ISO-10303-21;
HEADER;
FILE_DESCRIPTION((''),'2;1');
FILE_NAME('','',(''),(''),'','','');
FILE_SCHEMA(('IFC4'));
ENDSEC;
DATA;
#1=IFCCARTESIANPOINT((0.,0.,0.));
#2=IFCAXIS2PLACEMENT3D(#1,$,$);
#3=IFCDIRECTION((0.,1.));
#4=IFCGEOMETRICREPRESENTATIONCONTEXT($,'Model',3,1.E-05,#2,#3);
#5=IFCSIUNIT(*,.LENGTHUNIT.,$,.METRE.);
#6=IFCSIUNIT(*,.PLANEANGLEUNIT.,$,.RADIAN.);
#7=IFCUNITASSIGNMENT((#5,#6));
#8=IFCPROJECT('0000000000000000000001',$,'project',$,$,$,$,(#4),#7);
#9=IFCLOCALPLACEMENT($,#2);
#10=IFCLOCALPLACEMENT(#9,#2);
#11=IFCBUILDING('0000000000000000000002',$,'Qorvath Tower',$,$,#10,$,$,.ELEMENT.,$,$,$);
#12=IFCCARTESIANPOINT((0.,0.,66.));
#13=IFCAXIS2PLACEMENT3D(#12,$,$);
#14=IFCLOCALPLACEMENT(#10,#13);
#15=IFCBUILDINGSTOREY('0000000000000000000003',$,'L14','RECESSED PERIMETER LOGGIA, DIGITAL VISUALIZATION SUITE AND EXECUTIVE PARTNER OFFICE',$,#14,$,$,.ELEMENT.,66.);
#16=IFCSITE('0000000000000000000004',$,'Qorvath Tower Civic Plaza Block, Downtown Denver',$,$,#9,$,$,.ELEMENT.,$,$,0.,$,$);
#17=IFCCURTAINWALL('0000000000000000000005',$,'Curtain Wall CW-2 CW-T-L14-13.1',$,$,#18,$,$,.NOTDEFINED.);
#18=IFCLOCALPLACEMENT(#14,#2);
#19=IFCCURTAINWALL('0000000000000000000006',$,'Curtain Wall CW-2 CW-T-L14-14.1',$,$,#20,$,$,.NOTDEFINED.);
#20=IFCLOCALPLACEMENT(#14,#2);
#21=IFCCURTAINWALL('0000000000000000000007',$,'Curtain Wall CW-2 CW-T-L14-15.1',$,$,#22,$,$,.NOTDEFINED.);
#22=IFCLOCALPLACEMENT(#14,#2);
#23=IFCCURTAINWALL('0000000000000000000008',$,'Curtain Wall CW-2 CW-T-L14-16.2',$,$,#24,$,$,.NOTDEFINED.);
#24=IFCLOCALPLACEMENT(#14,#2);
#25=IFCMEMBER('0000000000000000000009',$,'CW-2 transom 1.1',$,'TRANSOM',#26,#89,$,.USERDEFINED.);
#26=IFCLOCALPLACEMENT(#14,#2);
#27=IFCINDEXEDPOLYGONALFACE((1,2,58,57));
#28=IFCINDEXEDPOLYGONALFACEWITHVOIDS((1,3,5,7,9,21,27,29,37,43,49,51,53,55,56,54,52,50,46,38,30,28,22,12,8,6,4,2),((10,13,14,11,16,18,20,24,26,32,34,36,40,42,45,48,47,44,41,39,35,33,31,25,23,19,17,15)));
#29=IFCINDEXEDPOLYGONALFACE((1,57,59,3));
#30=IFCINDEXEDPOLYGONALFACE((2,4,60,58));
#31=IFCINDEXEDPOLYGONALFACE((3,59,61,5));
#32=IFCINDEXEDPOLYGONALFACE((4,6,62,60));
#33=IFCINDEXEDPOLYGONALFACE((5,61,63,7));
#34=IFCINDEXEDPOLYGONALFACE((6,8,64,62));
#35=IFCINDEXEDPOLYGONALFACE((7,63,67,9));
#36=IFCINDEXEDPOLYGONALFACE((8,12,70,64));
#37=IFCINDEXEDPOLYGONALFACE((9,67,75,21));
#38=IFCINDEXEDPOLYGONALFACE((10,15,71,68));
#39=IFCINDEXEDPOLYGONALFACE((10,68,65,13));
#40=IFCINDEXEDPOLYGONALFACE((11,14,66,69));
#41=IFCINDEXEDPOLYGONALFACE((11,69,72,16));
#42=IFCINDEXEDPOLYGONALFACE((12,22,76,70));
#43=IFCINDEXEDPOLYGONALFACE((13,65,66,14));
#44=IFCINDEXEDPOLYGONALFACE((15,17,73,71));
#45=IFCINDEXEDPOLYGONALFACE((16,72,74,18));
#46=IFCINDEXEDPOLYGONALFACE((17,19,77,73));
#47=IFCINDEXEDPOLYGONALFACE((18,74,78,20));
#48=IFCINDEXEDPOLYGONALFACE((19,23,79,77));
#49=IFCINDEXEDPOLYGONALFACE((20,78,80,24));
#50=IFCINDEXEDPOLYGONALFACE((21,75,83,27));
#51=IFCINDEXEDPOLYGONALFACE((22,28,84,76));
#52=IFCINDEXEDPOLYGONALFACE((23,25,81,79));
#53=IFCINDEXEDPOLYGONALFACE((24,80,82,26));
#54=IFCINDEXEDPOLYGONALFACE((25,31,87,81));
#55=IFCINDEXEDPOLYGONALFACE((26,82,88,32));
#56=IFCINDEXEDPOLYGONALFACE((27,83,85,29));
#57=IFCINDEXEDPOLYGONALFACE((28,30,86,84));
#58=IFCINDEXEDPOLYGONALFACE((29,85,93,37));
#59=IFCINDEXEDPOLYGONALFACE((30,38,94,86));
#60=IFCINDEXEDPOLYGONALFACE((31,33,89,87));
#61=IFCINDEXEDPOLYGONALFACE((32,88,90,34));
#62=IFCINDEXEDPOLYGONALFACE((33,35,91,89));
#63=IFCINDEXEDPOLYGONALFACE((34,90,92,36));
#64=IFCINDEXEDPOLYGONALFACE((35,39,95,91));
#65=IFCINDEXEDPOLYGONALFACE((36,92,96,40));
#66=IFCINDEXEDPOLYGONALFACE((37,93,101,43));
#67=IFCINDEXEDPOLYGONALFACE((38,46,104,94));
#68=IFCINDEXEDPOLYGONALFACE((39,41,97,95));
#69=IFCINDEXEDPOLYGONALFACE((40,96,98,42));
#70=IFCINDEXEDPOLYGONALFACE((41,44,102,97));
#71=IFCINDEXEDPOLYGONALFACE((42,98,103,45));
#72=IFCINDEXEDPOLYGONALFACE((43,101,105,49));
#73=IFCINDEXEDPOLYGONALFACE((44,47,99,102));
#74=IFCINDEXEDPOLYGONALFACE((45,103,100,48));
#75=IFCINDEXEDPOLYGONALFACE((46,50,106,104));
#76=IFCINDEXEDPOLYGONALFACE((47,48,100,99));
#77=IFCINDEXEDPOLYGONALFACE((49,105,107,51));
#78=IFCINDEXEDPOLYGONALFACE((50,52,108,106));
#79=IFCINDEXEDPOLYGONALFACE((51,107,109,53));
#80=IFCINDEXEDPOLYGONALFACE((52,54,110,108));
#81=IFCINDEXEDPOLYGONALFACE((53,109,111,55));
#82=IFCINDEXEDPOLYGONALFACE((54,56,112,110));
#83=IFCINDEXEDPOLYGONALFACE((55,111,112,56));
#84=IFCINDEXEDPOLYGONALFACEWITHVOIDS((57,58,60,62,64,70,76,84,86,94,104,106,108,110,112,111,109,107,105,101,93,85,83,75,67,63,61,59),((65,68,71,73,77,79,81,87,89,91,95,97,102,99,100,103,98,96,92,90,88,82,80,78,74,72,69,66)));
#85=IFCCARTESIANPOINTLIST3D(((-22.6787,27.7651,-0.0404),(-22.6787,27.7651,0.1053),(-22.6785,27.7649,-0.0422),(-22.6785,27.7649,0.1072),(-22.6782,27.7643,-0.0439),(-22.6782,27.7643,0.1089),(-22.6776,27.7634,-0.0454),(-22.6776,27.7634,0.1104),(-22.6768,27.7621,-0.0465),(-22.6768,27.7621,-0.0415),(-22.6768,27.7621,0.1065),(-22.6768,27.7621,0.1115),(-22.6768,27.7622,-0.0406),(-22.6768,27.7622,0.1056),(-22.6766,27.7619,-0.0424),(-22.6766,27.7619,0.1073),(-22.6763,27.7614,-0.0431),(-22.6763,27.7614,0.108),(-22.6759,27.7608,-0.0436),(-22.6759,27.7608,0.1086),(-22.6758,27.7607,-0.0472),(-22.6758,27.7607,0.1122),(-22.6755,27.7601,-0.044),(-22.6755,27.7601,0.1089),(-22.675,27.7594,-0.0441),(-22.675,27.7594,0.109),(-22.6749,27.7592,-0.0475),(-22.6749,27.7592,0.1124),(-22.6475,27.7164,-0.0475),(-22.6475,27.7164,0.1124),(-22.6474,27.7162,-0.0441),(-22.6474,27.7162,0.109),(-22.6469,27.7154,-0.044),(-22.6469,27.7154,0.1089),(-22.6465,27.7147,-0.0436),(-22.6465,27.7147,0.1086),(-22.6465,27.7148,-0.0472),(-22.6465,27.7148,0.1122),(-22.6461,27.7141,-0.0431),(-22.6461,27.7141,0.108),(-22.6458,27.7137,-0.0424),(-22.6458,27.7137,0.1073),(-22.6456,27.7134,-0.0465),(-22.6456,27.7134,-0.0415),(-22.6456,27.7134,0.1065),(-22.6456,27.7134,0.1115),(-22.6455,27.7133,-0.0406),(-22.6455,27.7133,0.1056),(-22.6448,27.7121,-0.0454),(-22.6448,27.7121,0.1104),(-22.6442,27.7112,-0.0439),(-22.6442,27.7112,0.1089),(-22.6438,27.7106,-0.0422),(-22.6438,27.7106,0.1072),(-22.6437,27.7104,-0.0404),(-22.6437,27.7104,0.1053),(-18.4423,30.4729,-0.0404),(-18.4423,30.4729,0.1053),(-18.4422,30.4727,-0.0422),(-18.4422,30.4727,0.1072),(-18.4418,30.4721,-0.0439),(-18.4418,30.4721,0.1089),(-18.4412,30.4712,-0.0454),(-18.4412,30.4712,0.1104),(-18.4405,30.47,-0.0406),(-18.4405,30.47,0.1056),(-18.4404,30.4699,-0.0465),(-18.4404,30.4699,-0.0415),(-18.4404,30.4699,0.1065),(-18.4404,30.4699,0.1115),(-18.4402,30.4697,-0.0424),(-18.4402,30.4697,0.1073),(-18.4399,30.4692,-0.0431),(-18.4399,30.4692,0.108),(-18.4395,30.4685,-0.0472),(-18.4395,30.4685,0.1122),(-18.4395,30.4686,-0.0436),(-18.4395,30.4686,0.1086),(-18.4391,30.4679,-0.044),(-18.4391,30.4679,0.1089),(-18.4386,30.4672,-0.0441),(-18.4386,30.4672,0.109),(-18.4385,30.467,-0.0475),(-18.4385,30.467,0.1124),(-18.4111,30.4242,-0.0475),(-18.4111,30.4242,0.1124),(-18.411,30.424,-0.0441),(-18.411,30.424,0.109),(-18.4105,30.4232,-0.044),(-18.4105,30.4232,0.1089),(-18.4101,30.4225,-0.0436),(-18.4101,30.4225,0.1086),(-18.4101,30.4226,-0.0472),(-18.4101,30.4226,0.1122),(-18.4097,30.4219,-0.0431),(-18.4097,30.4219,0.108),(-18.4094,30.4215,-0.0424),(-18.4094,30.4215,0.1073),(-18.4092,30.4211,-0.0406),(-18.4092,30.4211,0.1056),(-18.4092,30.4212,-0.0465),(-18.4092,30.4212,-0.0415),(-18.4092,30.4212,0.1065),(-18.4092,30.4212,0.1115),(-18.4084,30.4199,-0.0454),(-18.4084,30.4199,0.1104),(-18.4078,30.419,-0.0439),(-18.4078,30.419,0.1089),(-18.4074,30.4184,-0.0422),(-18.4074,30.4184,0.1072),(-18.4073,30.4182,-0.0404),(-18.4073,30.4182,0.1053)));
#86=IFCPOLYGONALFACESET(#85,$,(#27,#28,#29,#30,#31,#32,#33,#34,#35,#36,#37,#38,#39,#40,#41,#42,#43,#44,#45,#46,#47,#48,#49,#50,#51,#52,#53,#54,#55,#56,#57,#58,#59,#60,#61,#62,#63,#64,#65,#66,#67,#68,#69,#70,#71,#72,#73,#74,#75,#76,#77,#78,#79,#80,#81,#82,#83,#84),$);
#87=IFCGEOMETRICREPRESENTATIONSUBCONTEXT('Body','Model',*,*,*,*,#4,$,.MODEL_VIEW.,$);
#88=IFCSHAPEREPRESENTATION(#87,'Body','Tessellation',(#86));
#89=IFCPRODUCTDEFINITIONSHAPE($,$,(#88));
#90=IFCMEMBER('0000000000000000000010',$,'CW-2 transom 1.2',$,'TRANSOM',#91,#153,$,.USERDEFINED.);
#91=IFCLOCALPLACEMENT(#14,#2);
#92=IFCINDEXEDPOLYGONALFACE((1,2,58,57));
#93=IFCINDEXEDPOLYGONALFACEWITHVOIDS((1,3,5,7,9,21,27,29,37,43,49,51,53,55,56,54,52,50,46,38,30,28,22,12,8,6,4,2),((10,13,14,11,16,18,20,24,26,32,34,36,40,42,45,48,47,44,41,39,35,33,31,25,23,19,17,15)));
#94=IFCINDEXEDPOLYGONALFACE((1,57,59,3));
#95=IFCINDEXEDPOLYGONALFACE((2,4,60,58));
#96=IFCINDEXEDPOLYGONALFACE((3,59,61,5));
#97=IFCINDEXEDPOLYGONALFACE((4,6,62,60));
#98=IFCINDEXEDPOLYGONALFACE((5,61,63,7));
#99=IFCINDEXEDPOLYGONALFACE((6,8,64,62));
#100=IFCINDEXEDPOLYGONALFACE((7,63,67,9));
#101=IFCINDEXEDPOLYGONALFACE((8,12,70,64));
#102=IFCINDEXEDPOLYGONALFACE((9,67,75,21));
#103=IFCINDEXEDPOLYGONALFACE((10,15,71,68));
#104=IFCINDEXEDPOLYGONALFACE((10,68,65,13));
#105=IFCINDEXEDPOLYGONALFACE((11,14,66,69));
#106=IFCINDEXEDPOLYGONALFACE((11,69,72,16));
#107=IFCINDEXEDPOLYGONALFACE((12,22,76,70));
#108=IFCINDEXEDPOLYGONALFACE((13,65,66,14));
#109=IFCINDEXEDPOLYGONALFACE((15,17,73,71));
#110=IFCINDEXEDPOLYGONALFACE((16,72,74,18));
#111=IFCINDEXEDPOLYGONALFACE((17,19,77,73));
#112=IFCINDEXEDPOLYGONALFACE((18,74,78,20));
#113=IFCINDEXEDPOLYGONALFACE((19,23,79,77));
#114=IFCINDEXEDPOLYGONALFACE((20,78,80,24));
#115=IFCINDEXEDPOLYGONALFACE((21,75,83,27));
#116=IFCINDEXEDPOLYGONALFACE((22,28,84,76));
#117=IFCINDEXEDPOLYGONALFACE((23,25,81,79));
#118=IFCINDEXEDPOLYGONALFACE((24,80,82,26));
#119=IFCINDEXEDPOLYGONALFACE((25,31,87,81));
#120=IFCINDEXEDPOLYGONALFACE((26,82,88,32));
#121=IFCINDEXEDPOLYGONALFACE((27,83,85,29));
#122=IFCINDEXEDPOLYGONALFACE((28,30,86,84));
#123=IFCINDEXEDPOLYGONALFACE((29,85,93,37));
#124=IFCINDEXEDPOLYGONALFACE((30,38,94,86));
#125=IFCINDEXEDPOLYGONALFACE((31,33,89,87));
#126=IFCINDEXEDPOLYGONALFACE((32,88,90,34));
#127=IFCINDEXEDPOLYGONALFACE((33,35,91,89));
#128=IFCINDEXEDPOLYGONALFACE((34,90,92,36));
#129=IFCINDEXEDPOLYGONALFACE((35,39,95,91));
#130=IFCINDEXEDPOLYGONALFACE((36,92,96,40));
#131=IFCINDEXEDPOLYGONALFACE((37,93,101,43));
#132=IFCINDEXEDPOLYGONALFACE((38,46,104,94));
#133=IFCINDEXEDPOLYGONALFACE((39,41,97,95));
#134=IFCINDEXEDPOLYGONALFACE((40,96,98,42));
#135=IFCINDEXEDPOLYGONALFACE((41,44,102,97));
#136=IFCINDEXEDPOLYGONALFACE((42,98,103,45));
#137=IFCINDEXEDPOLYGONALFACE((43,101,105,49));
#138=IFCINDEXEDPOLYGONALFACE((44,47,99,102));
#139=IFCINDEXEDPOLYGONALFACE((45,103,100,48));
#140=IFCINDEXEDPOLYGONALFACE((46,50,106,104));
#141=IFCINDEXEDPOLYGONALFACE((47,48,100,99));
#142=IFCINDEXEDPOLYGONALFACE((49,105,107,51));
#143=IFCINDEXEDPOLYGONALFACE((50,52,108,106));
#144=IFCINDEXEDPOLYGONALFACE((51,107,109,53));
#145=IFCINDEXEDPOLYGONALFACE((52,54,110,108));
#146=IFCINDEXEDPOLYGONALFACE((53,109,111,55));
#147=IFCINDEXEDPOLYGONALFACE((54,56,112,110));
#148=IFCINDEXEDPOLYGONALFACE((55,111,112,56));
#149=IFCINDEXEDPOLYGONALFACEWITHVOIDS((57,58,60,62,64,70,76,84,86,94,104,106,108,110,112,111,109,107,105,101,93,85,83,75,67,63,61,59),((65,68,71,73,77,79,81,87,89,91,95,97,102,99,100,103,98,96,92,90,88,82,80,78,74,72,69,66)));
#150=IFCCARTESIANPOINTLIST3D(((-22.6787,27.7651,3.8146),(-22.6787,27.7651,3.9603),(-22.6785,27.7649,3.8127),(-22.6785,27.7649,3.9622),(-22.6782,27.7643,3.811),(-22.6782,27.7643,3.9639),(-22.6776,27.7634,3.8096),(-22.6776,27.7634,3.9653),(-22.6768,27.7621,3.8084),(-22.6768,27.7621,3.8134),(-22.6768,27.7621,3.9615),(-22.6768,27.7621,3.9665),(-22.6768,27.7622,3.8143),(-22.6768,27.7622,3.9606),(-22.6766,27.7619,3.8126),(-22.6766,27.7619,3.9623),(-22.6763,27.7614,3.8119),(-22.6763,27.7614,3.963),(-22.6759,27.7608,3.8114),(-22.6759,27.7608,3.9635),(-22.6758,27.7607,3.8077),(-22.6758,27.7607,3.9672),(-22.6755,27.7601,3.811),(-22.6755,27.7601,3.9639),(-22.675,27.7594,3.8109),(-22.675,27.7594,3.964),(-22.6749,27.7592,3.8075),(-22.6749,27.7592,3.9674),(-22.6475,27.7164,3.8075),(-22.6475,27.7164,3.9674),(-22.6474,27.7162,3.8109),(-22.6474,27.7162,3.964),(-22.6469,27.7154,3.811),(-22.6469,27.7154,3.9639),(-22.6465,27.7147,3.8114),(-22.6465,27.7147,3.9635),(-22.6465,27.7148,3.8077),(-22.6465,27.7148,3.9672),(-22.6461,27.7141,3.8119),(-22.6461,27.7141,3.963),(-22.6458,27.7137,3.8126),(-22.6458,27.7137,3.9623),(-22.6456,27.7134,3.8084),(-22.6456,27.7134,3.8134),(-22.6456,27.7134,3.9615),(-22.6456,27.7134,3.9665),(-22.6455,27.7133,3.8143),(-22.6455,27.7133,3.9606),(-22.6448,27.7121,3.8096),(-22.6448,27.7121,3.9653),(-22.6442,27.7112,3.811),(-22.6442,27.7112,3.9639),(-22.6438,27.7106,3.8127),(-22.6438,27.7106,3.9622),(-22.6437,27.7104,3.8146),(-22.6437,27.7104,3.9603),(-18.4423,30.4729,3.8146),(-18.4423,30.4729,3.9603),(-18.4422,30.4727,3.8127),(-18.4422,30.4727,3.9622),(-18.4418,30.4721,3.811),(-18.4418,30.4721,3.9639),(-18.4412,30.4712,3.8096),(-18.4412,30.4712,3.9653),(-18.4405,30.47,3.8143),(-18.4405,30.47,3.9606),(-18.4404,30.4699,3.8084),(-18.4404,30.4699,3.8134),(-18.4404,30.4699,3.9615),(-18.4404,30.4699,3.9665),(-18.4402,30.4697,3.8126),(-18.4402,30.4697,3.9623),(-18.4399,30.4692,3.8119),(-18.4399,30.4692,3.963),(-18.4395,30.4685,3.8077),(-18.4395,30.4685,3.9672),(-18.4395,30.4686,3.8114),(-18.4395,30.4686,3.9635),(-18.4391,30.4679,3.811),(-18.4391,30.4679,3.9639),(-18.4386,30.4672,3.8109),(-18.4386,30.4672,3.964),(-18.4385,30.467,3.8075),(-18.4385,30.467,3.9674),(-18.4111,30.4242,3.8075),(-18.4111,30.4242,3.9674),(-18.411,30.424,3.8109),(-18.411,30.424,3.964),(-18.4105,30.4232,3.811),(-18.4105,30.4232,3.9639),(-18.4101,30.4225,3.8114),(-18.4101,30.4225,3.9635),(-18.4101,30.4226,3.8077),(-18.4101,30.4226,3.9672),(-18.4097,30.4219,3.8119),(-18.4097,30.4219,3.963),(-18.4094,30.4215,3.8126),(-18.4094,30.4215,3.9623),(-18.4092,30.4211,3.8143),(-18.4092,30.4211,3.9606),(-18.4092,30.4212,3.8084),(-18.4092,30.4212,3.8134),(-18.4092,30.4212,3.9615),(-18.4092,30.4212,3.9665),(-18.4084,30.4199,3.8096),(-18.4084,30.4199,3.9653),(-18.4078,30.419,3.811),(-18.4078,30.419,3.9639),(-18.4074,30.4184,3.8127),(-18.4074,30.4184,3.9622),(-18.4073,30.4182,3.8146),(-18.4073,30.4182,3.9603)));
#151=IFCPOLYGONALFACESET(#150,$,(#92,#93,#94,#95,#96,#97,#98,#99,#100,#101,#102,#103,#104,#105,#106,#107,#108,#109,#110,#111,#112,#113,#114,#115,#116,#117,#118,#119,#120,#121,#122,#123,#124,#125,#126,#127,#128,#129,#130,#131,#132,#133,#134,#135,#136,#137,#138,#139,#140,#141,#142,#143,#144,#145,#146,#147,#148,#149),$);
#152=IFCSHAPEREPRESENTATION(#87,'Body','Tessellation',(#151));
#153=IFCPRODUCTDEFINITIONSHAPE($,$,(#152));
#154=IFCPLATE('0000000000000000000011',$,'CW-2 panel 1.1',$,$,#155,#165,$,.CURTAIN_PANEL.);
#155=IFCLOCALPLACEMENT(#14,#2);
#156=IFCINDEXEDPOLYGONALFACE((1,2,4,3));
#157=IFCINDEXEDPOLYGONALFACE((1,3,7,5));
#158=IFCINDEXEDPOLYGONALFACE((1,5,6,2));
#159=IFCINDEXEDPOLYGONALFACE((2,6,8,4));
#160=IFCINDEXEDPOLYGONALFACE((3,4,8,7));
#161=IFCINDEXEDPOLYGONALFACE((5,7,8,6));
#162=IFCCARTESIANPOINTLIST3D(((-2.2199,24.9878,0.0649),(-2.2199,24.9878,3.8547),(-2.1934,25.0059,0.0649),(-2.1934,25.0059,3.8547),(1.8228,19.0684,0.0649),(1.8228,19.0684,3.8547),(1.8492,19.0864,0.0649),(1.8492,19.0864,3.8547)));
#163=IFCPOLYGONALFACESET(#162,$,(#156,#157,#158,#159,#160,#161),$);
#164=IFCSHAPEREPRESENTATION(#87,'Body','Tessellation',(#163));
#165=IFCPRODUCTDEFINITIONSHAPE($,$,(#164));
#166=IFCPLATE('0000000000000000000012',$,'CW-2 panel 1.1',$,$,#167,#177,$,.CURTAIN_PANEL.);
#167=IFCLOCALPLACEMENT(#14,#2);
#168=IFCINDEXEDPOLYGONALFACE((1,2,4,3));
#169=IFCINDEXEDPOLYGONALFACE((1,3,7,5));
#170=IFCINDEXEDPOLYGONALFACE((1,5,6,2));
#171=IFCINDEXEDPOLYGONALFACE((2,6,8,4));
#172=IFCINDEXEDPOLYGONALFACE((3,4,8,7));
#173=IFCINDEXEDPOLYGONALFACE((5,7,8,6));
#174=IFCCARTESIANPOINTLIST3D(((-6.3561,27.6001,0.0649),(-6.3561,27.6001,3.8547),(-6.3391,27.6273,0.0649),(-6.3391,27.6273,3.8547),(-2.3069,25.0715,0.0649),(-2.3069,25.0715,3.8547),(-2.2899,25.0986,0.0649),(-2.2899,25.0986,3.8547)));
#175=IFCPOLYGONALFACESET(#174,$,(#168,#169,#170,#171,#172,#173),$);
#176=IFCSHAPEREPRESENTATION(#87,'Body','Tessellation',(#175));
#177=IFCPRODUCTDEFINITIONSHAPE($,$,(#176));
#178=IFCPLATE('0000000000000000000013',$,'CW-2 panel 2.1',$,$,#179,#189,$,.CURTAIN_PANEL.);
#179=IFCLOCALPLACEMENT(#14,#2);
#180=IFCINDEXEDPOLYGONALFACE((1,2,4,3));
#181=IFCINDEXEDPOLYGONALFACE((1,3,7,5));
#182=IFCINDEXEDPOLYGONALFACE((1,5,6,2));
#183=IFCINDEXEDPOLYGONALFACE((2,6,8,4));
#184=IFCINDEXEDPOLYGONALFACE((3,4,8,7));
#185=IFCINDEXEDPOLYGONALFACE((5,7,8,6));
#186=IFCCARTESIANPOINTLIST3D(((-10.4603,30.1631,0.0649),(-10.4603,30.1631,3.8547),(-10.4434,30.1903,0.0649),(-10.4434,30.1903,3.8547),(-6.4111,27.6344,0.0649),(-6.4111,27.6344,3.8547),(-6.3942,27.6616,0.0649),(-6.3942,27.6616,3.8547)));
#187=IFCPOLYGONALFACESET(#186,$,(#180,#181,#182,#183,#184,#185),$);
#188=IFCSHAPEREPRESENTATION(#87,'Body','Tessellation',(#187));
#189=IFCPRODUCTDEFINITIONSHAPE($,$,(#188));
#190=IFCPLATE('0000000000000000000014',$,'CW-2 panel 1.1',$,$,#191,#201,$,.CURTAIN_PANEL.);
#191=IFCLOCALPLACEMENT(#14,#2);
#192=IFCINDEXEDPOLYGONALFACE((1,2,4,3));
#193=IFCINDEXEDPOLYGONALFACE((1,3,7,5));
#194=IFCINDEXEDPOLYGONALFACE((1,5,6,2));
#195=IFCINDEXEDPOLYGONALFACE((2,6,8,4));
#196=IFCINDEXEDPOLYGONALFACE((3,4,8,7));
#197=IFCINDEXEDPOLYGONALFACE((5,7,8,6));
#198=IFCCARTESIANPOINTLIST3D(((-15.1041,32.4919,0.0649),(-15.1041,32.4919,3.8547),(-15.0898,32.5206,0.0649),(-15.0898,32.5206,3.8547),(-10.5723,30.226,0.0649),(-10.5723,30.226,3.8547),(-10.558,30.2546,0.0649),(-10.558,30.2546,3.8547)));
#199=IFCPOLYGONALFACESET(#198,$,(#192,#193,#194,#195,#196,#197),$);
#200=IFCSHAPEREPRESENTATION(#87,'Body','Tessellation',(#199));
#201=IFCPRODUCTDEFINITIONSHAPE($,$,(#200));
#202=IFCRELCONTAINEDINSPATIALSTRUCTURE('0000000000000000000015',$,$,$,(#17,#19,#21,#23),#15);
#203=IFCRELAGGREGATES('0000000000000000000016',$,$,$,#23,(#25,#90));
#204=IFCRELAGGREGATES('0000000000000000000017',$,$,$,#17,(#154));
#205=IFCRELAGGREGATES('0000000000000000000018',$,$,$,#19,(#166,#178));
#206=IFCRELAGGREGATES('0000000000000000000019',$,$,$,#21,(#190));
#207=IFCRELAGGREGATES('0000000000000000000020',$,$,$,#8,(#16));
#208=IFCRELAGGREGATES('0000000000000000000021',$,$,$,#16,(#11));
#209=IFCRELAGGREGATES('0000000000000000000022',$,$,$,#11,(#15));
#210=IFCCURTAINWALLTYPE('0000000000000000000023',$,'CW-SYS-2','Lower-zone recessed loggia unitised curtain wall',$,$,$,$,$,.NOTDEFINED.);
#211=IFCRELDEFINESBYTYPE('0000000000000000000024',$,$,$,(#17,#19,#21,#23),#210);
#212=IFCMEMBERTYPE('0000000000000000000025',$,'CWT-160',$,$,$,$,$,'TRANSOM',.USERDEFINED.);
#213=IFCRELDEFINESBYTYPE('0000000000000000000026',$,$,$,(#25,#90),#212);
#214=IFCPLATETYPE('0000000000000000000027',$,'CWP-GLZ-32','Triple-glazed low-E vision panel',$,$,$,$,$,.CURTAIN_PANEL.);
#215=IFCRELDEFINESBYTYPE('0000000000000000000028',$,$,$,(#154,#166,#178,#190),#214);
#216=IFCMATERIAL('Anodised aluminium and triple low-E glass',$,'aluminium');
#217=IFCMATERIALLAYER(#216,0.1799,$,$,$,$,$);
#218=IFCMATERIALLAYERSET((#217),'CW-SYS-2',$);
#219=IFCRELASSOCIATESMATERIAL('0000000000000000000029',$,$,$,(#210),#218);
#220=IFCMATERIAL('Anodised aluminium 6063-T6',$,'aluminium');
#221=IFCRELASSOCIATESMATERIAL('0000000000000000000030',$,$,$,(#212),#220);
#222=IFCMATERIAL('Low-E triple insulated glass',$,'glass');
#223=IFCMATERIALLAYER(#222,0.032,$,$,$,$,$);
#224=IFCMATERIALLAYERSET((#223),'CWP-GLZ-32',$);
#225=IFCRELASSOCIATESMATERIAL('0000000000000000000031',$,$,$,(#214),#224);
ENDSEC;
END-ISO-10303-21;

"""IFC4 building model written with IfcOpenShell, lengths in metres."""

from ifc_helpers import new_model, si_unit, direction, frame, origin, origin_2d, place, context, subcontext, project, spatial, rectangle, hollow_rectangle, extrude, material, layer, layer_set, material_profile, profile_set, type_object, element, aggregate, save


model = new_model("IFC4")

# Units and contexts
model_context = context("Model", 3, precision=1e-05, world=origin(), true_north=direction((0.0, 1.0)))
body_context = subcontext(model_context, "Body", "Model", "MODEL_VIEW")
ifc_project = project(units=[si_unit("LENGTHUNIT", "METRE"), si_unit("PLANEANGLEUNIT", "RADIAN")], contexts=[model_context])

# Site, building, storey
site_placement = place(None, origin())
site = spatial("IfcSite", under=ifc_project, at=site_placement, Name="Qorvath Tower Civic Plaza Block, Downtown Denver", CompositionType="ELEMENT", RefElevation=0.0)
building_placement = place(site_placement, origin())
building = spatial("IfcBuilding", under=site, at=building_placement, Name="Qorvath Tower", CompositionType="ELEMENT")
storey_placement = place(building_placement, frame((0.0, 0.0, 66.0)))
storey = spatial("IfcBuildingStorey", under=building, at=storey_placement, Name="L14", Description="RECESSED PERIMETER LOGGIA, DIGITAL VISUALIZATION SUITE AND EXECUTIVE PARTNER OFFICE", CompositionType="ELEMENT", Elevation=66.0)

# Curtain wall
ifc_material_1 = material(Name="Anodised aluminium and triple low-E glass", Category="aluminium")
ifc_layer_1 = layer(ifc_material_1, 0.1799)
ifc_layer_set_1 = layer_set([ifc_layer_1], Name="CW-SYS-2")
curtain_wall_type = type_object("IfcCurtainWallType", Name="CW-SYS-2", Description="Lower-zone recessed loggia unitised curtain wall", PredefinedType="NOTDEFINED", material=ifc_layer_set_1)
curtain_wall_1_placement = place(storey_placement, origin())
curtain_wall_1 = element("IfcCurtainWall", 1, at=curtain_wall_1_placement, inside=storey, type_object=curtain_wall_type, Name="Curtain Wall CW-2 CW-T-L14-13.1", PredefinedType="NOTDEFINED")

# Curtain walls
curtain_wall_2_placement = place(storey_placement, origin())
curtain_wall_2 = element("IfcCurtainWall", 2, at=curtain_wall_2_placement, inside=storey, type_object=curtain_wall_type, Name="Curtain Wall CW-2 CW-T-L14-14.1", PredefinedType="NOTDEFINED")
curtain_wall_3_placement = place(storey_placement, origin())
curtain_wall_3 = element("IfcCurtainWall", 3, at=curtain_wall_3_placement, inside=storey, type_object=curtain_wall_type, Name="Curtain Wall CW-2 CW-T-L14-15.1", PredefinedType="NOTDEFINED")

# Curtain wall
curtain_wall_4_placement = place(storey_placement, origin())
curtain_wall_4 = element("IfcCurtainWall", 4, at=curtain_wall_4_placement, inside=storey, type_object=curtain_wall_type, Name="Curtain Wall CW-2 CW-T-L14-16.2", PredefinedType="NOTDEFINED")

# Members
ifc_material_2 = material(Name="Anodised aluminium 6063-T6", Category="aluminium")
ifc_material_profile_1 = material_profile(ifc_material_2, hollow_rectangle(XDim=0.0649, YDim=0.1599, WallThickness=0.0034, InnerFilletRadius=0.0034, OuterFilletRadius=0.0071, at=origin_2d()), Name="CWT 160x65")
ifc_profile_set_1 = profile_set([ifc_material_profile_1], Name="Anodised aluminium 6063-T6")
member_type_1 = type_object("IfcMemberType", Name="CWT-160", ElementType="TRANSOM", PredefinedType="USERDEFINED", material=ifc_profile_set_1)
member_1_placement = place(storey_placement, frame((-18.4248, 30.4456, 0.0325), z_axis=(-0.842586, -0.538562, 0.0), x_axis=(0.538562, -0.842586, 0.0)))
member_1 = element("IfcMember", 5, at=member_1_placement, type_object=member_type_1, Name="CW-2 transom 1.1", ObjectType="TRANSOM", PredefinedType="USERDEFINED", context=body_context, shape_type="SweptSolid", body=[
    extrude(hollow_rectangle(XDim=0.0649, YDim=0.1599, WallThickness=0.0034, InnerFilletRadius=0.0034, OuterFilletRadius=0.0071, at=origin_2d()), origin(), (0.0, 0.0, 1.0), 5.0278),
])
member_2_placement = place(storey_placement, frame((-18.4248, 30.4456, 3.8875), z_axis=(-0.842586, -0.538562, 0.0), x_axis=(0.538562, -0.842586, 0.0)))
member_2 = element("IfcMember", 6, at=member_2_placement, type_object=member_type_1, Name="CW-2 transom 1.2", ObjectType="TRANSOM", PredefinedType="USERDEFINED", context=body_context, shape_type="SweptSolid", body=[
    extrude(hollow_rectangle(XDim=0.0649, YDim=0.1599, WallThickness=0.0034, InnerFilletRadius=0.0034, OuterFilletRadius=0.0071, at=origin_2d()), origin(), (0.0, 0.0, 1.0), 5.0278),
])
aggregate(curtain_wall_4, [member_1, member_2])

# Plates
ifc_material_3 = material(Name="Low-E triple insulated glass", Category="glass")
ifc_layer_2 = layer(ifc_material_3, 0.032)
ifc_layer_set_2 = layer_set([ifc_layer_2], Name="CWP-GLZ-32")
plate_type = type_object("IfcPlateType", Name="CWP-GLZ-32", Description="Triple-glazed low-E vision panel", PredefinedType="CURTAIN_PANEL", material=ifc_layer_set_2)
plate_1_placement = place(storey_placement, frame((-0.1853, 22.0371, 0.0649), z_axis=(0.0, 0.0, 1.0), x_axis=(-0.563974, 0.825792, 0.0)))
plate_1 = element("IfcPlate", 7, at=plate_1_placement, type_object=plate_type, Name="CW-2 panel 1.1", PredefinedType="CURTAIN_PANEL", context=body_context, shape_type="SweptSolid", body=[
    extrude(rectangle(XDim=7.1682, YDim=0.032, at=origin_2d()), origin(), (0.0, 0.0, 1.0), 3.7898),
])
aggregate(curtain_wall_1, [plate_1])
plate_2_placement = place(storey_placement, frame((-4.323, 26.3494, 0.0649), z_axis=(0.0, 0.0, 1.0), x_axis=(-0.848194, 0.529686, 0.0)))
plate_2 = element("IfcPlate", 8, at=plate_2_placement, type_object=plate_type, Name="CW-2 panel 1.1", PredefinedType="CURTAIN_PANEL", context=body_context, shape_type="SweptSolid", body=[
    extrude(rectangle(XDim=4.7739, YDim=0.032, at=origin_2d()), origin(), (0.0, 0.0, 1.0), 3.7898),
])
plate_3_placement = place(storey_placement, frame((-8.4272, 28.9124, 0.0649), z_axis=(0.0, 0.0, 1.0), x_axis=(-0.848194, 0.529686, 0.0)))
plate_3 = element("IfcPlate", 9, at=plate_3_placement, type_object=plate_type, Name="CW-2 panel 2.1", PredefinedType="CURTAIN_PANEL", context=body_context, shape_type="SweptSolid", body=[
    extrude(rectangle(XDim=4.7739, YDim=0.032, at=origin_2d()), origin(), (0.0, 0.0, 1.0), 3.7898),
])
aggregate(curtain_wall_2, [plate_2, plate_3])
plate_4_placement = place(storey_placement, frame((-12.8311, 31.3733, 0.0649), z_axis=(0.0, 0.0, 1.0), x_axis=(-0.894423, 0.447221, 0.0)))
plate_4 = element("IfcPlate", 10, at=plate_4_placement, type_object=plate_type, Name="CW-2 panel 1.1", PredefinedType="CURTAIN_PANEL", context=body_context, shape_type="SweptSolid", body=[
    extrude(rectangle(XDim=5.0667, YDim=0.032, at=origin_2d()), origin(), (0.0, 0.0, 1.0), 3.7898),
])
aggregate(curtain_wall_3, [plate_4])

save(model, "model.ifc")
